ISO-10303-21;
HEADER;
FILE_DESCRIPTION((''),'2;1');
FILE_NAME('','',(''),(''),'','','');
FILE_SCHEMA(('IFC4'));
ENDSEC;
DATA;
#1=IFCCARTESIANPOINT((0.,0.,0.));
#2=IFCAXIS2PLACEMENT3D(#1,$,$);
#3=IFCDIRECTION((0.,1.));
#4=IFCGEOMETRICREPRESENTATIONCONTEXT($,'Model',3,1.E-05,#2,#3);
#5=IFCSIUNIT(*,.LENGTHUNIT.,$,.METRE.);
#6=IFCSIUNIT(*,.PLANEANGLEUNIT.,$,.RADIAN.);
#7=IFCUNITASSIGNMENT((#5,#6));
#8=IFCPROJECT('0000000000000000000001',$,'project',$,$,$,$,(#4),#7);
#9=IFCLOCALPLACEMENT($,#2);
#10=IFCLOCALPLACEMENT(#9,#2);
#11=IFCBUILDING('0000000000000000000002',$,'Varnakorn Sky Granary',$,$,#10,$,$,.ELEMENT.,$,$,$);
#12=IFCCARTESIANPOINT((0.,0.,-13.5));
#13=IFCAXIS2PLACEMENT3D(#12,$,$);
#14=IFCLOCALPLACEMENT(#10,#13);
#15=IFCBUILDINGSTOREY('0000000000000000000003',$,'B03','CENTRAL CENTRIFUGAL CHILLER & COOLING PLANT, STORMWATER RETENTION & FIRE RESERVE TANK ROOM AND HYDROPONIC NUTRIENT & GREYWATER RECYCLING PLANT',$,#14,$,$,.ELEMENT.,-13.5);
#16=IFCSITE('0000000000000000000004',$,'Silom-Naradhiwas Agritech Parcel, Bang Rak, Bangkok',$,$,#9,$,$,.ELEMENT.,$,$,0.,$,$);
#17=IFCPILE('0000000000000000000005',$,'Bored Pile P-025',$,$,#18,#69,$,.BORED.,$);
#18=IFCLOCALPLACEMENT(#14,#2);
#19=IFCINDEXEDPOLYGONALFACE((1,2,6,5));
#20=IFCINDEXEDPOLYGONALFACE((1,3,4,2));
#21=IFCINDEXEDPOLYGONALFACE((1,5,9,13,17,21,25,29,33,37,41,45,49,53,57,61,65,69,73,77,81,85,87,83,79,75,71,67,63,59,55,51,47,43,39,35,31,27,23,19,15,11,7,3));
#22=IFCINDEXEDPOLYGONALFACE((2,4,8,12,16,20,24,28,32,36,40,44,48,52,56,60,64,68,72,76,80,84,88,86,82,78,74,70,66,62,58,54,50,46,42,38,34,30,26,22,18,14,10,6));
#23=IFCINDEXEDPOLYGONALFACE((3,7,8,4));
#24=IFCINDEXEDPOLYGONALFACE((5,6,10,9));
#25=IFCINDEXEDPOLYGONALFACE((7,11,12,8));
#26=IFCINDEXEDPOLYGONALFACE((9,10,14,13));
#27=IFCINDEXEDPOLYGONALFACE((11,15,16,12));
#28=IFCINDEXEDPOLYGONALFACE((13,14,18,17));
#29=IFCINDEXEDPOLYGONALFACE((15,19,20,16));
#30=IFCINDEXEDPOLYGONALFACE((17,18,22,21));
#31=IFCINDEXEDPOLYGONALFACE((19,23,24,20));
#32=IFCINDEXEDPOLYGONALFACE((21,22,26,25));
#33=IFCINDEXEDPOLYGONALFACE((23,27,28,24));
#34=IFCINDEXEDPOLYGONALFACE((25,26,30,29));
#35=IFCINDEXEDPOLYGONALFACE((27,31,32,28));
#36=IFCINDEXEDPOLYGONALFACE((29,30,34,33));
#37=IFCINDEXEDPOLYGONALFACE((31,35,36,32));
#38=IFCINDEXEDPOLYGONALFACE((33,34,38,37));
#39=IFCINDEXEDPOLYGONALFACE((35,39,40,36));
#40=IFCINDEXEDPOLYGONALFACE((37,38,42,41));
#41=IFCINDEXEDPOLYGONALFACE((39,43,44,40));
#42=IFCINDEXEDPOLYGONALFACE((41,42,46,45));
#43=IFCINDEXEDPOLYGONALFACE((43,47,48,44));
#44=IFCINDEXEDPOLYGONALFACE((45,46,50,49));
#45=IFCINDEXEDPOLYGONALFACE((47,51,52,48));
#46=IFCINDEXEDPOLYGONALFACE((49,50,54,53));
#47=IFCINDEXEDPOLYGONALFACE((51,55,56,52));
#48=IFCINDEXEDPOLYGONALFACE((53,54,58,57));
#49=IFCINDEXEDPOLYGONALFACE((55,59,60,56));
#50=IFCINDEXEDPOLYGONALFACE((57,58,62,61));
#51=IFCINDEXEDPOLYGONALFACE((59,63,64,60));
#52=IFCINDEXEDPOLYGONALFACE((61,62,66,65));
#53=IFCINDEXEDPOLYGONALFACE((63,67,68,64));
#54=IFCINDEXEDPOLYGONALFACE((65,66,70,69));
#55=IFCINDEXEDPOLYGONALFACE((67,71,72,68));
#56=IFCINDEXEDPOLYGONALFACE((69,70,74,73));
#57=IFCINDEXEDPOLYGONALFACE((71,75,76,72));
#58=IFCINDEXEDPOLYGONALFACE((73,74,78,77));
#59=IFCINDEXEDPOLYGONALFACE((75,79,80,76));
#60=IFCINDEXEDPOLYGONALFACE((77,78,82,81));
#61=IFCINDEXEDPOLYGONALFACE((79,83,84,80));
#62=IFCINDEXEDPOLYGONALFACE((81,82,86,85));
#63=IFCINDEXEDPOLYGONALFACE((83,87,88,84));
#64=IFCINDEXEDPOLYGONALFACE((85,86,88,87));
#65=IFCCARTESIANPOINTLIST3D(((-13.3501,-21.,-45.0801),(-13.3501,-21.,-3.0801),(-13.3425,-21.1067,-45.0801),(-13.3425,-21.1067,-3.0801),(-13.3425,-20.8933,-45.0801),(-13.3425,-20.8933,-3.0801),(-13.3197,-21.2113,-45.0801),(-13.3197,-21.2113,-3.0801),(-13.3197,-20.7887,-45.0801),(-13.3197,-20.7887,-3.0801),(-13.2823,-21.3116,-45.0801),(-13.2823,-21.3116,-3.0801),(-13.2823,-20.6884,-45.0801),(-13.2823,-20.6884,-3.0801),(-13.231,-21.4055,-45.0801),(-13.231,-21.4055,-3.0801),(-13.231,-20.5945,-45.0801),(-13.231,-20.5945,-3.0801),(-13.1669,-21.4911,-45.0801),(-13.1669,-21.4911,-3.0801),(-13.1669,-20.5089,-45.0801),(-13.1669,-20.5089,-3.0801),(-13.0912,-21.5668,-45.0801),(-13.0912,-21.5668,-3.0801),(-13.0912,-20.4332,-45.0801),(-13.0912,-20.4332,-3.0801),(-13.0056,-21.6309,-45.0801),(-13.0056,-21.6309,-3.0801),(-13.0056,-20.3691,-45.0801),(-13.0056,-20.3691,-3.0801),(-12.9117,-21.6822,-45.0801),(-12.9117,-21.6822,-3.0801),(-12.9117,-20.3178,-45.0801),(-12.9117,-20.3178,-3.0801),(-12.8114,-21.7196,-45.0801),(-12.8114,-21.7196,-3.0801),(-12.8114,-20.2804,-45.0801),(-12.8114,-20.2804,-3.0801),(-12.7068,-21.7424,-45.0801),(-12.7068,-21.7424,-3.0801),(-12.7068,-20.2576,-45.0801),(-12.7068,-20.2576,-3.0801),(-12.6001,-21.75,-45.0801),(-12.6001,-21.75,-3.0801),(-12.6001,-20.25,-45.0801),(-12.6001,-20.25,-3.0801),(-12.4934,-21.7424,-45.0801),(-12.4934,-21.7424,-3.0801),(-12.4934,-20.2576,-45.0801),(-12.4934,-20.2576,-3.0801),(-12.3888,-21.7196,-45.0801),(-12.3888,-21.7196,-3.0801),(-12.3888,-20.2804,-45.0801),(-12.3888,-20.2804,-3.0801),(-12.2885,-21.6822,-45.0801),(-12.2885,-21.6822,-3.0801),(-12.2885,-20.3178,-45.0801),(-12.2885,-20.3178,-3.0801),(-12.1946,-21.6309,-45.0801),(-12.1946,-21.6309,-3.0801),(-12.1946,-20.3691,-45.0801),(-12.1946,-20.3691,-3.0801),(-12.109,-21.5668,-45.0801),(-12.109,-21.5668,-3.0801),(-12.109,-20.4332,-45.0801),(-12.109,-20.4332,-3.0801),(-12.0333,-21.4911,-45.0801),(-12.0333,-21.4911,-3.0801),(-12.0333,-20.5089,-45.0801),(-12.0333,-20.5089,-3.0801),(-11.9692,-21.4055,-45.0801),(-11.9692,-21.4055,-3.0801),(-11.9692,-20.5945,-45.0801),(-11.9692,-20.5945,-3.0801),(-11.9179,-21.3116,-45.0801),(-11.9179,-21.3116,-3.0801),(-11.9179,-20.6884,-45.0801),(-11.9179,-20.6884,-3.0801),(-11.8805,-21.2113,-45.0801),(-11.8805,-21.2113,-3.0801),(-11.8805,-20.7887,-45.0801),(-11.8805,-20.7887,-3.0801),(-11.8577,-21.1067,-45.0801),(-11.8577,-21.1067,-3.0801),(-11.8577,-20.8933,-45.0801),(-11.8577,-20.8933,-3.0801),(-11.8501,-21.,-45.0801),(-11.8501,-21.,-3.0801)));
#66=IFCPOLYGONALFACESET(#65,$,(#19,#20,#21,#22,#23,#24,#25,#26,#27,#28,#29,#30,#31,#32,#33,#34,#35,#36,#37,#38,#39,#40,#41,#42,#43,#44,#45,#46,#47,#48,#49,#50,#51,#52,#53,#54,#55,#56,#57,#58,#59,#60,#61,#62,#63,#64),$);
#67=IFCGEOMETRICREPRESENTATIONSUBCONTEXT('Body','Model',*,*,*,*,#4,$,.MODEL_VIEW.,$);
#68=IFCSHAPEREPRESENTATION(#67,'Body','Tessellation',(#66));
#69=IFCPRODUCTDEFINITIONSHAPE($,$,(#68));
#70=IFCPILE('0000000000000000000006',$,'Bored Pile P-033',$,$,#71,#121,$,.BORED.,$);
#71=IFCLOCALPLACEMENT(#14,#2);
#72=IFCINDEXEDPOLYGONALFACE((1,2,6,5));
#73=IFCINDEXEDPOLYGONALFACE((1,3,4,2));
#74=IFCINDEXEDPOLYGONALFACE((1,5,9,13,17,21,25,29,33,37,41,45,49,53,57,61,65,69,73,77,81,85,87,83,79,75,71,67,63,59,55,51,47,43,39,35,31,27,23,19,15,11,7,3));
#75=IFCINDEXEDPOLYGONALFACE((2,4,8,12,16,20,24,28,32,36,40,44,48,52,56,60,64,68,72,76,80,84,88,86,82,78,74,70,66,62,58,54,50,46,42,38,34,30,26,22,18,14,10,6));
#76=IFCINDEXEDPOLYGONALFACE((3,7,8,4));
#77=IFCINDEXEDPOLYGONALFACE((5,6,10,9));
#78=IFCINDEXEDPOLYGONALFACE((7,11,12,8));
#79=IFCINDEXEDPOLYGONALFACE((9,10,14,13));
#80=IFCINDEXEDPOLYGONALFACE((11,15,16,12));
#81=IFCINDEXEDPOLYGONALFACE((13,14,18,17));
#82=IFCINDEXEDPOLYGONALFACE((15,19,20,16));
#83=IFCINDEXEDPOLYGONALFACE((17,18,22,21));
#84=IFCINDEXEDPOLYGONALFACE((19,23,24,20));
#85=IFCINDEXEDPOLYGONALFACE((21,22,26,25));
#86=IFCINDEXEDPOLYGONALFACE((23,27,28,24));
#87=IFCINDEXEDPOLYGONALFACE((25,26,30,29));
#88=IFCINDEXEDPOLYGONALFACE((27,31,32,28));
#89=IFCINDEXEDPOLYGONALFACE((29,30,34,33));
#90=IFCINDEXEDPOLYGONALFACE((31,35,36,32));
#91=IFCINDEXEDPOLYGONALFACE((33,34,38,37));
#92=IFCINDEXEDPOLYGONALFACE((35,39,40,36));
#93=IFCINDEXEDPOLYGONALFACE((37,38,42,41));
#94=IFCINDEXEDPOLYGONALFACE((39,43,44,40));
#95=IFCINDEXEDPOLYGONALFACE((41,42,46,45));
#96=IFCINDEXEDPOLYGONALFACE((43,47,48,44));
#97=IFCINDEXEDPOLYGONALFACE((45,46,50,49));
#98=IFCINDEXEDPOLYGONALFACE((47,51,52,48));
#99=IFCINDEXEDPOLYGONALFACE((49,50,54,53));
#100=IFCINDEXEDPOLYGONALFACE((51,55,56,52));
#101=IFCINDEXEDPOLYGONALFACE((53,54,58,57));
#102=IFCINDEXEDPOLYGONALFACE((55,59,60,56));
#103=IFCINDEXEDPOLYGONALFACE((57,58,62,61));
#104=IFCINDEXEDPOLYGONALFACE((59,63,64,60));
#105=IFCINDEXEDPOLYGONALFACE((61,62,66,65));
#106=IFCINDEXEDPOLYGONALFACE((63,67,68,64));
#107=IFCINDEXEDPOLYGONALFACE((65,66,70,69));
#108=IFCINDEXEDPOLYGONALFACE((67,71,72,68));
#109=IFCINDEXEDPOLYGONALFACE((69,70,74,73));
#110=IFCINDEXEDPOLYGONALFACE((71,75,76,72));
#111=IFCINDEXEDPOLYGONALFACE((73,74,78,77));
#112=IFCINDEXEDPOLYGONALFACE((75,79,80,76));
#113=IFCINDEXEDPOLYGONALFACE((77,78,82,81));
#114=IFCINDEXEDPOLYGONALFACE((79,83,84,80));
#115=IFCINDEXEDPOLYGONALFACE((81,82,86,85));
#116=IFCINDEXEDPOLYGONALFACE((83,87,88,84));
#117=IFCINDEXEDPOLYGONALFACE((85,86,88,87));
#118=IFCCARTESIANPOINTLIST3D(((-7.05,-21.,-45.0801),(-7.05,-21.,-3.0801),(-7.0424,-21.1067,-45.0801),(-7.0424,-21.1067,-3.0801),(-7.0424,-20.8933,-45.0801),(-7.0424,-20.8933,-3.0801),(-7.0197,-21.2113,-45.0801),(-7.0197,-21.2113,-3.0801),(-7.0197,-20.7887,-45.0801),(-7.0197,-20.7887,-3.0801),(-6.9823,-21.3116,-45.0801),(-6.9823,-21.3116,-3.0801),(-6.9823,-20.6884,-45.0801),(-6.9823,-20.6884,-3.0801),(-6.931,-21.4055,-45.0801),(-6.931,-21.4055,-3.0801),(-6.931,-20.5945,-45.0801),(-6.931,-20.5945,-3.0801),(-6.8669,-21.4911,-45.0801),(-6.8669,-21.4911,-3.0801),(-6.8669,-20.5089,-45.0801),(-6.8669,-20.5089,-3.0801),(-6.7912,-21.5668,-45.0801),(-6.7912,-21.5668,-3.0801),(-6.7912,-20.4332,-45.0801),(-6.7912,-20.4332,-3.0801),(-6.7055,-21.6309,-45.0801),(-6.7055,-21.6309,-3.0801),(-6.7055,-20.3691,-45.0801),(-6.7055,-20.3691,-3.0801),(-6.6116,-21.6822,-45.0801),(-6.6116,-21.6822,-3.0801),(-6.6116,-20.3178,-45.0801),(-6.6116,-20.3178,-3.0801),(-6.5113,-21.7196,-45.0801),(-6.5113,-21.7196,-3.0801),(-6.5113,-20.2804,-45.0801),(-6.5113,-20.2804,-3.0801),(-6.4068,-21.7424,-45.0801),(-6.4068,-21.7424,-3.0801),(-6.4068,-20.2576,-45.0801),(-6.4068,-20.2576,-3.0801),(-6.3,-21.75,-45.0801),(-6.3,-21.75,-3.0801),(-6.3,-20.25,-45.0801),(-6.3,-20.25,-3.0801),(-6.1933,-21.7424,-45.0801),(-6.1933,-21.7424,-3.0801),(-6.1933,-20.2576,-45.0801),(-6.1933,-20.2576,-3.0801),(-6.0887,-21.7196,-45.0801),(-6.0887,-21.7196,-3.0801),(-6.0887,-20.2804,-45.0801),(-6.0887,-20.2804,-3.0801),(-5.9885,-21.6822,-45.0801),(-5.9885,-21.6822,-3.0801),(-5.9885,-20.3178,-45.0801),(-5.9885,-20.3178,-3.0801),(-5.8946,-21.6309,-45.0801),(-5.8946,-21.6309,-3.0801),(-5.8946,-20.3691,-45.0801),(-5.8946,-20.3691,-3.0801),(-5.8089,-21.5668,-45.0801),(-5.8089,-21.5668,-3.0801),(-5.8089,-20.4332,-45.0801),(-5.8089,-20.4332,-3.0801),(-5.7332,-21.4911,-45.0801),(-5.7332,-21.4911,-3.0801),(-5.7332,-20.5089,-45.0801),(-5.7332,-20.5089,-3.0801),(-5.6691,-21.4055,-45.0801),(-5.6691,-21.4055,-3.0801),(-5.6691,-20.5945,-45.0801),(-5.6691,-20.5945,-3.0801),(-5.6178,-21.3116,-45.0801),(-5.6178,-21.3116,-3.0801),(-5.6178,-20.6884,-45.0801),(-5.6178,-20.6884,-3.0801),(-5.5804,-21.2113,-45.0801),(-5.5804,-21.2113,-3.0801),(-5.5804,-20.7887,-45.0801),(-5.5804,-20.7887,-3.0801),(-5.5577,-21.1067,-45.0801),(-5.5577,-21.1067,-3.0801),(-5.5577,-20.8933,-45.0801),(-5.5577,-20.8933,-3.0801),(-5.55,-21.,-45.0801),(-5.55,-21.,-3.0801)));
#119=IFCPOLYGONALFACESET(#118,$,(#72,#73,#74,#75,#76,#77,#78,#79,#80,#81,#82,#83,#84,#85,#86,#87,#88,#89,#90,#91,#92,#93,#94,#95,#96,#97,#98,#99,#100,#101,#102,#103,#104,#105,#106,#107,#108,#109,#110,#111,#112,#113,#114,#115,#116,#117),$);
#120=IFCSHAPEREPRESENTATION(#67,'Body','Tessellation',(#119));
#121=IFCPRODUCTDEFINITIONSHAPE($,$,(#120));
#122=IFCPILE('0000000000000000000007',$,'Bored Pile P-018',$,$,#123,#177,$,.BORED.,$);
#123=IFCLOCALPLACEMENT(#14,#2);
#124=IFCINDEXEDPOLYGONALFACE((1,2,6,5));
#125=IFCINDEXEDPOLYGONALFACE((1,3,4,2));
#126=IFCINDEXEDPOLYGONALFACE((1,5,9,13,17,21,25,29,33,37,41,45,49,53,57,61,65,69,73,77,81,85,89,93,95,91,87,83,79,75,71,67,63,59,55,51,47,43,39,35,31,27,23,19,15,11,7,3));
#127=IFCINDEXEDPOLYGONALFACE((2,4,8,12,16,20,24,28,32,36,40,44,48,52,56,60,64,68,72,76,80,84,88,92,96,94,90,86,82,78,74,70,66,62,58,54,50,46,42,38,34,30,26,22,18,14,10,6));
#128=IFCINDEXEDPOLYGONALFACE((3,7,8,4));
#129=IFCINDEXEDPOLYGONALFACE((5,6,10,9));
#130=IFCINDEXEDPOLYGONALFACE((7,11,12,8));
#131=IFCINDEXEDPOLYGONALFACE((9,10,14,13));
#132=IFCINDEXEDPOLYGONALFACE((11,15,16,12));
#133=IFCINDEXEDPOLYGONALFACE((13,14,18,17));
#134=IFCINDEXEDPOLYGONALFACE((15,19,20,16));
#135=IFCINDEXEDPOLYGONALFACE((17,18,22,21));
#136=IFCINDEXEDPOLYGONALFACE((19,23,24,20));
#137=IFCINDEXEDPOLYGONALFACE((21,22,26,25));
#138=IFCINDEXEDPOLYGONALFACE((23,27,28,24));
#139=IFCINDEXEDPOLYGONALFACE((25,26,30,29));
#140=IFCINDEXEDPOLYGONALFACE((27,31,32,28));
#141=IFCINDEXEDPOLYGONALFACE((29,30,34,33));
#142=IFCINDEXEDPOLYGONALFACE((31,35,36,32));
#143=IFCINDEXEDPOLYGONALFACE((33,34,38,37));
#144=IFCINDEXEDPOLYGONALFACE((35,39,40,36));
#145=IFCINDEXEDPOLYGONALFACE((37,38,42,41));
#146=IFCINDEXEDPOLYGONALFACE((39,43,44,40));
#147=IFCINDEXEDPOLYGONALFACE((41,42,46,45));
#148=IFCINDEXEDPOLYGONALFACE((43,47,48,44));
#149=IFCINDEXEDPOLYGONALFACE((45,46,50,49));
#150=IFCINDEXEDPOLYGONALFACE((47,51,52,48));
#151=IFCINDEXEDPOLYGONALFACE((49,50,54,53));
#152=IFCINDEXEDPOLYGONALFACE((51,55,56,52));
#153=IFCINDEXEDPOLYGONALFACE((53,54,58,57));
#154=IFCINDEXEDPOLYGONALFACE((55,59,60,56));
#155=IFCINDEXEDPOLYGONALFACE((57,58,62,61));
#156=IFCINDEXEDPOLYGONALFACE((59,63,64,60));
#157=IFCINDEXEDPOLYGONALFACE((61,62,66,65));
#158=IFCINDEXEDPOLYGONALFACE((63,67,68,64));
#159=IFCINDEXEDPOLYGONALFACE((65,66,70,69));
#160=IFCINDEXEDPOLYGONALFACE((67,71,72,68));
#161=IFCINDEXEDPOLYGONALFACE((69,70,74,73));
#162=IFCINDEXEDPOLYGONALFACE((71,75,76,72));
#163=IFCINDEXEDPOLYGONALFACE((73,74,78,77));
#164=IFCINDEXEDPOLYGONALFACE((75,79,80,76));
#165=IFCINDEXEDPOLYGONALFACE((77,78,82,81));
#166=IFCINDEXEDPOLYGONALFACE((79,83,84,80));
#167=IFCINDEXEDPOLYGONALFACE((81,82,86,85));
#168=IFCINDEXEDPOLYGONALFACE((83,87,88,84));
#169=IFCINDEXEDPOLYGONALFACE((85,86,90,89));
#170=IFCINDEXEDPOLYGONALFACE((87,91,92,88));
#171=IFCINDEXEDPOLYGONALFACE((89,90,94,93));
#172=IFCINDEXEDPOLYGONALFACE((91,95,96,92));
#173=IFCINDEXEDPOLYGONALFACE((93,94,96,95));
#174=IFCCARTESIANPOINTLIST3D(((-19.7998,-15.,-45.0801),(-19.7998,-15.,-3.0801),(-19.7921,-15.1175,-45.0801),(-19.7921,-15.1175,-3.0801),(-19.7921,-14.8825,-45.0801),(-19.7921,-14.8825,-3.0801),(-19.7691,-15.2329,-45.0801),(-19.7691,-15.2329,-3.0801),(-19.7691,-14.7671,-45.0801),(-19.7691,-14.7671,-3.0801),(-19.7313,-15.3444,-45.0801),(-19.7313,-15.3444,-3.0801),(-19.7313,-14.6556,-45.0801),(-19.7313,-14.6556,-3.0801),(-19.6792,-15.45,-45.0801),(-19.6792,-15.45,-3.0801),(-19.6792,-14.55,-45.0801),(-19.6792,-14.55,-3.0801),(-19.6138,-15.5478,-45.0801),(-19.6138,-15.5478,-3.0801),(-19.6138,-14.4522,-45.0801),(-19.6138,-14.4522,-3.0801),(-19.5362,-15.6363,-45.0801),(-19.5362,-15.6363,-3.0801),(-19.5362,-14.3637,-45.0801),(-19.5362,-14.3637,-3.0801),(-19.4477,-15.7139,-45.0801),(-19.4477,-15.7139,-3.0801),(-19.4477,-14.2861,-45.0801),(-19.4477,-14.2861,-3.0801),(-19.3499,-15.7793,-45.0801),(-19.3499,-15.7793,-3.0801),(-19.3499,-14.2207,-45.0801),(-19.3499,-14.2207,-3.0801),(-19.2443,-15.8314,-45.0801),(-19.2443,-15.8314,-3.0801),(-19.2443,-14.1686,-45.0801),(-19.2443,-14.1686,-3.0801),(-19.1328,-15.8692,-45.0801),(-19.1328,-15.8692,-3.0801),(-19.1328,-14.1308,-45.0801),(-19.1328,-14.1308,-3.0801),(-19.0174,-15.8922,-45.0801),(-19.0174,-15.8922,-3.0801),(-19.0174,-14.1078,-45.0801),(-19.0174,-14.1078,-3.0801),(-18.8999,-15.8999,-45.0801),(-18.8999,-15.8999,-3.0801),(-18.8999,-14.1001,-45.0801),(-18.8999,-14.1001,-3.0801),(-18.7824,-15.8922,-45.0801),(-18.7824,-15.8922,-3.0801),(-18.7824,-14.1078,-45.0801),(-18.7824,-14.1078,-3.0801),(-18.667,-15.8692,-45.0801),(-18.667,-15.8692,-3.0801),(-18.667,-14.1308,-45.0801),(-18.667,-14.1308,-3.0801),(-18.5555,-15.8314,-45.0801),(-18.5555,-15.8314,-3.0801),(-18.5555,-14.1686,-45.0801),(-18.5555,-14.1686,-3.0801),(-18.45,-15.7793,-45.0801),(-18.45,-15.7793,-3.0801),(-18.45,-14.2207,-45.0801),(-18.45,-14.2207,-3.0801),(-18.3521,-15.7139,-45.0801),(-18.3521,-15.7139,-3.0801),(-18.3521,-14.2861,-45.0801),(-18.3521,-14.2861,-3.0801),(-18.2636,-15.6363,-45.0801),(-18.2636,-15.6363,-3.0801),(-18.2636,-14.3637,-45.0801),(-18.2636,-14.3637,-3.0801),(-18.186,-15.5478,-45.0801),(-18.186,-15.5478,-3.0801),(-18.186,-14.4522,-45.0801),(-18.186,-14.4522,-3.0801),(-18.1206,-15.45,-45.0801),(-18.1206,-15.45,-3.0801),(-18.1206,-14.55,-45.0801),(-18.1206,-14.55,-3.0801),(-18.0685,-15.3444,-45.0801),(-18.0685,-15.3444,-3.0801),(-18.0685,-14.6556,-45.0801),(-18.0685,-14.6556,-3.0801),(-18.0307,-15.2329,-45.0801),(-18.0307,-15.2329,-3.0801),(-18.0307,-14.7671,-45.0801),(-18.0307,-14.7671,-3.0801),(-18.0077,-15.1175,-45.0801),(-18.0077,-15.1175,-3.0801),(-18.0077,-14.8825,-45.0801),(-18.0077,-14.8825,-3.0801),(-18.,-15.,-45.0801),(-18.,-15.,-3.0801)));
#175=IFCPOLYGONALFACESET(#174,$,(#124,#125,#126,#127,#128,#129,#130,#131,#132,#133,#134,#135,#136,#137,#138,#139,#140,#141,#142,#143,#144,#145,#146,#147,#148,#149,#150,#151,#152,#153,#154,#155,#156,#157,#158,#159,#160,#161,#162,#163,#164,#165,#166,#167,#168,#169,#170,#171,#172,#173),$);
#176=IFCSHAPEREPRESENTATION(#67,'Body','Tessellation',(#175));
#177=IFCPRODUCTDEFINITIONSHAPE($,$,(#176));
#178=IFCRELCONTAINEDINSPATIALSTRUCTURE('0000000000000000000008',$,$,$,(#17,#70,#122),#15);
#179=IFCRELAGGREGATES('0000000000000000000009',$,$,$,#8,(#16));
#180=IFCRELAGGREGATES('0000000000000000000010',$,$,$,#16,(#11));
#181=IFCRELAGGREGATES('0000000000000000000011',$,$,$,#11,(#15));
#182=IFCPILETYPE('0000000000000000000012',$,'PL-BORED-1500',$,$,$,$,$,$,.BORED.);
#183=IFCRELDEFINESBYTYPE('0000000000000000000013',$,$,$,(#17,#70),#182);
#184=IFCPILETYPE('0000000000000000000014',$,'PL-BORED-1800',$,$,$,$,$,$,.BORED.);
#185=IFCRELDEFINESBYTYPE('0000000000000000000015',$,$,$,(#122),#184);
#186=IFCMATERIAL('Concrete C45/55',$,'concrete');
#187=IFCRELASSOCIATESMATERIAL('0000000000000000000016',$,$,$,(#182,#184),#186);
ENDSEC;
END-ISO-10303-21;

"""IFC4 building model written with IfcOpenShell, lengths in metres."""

from ifc_helpers import new_model, si_unit, direction, frame, origin, origin_2d, place, context, subcontext, project, spatial, circle, extrude, material, material_profile, profile_set, type_object, element, save


model = new_model("IFC4")

# Units and contexts
model_context = context("Model", 3, precision=1e-05, world=origin(), true_north=direction((0.0, 1.0)))
body_context = subcontext(model_context, "Body", "Model", "MODEL_VIEW")
ifc_project = project(units=[si_unit("LENGTHUNIT", "METRE"), si_unit("PLANEANGLEUNIT", "RADIAN")], contexts=[model_context])

# Site, building, storey
site_placement = place(None, origin())
site = spatial("IfcSite", under=ifc_project, at=site_placement, Name="Silom-Naradhiwas Agritech Parcel, Bang Rak, Bangkok", CompositionType="ELEMENT", RefElevation=0.0)
building_placement = place(site_placement, origin())
building = spatial("IfcBuilding", under=site, at=building_placement, Name="Varnakorn Sky Granary", CompositionType="ELEMENT")
storey_placement = place(building_placement, frame((0.0, 0.0, -13.5)))
storey = spatial("IfcBuildingStorey", under=building, at=storey_placement, Name="B03", Description="CENTRAL CENTRIFUGAL CHILLER & COOLING PLANT, STORMWATER RETENTION & FIRE RESERVE TANK ROOM AND HYDROPONIC NUTRIENT & GREYWATER RECYCLING PLANT", CompositionType="ELEMENT", Elevation=-13.5)

# Piles
ifc_material_1 = material(Name="Concrete C45/55", Category="concrete")
ifc_material_profile_1 = material_profile(ifc_material_1, circle(Radius=0.75, at=origin_2d()), Name="PILE D1500")
ifc_profile_set_1 = profile_set([ifc_material_profile_1], Name="Concrete C45/55")
pile_type_1 = type_object("IfcPileType", Name="PL-BORED-1500", PredefinedType="BORED", material=ifc_profile_set_1)
for number, where, z_axis, x_axis, name in (
    (1, (-12.6001, -21.0, -3.0801), (0.0, 0.0, -1.0), (1.0, 0.0, 0.0), "Bored Pile P-025"),
    (2, (-6.3, -21.0, -3.0801), (0.0, 0.0, -1.0), (1.0, 0.0, 0.0), "Bored Pile P-033"),
):
    element("IfcPile", number, at=place(storey_placement, frame(where, z_axis=z_axis, x_axis=x_axis)), inside=storey, type_object=pile_type_1, Name=name, PredefinedType="BORED", context=body_context, shape_type="SweptSolid", body=[
        extrude(circle(Radius=0.75, at=origin_2d()), origin(), (0.0, 0.0, 1.0), 42.0),
    ])
ifc_material_profile_2 = material_profile(ifc_material_1, circle(Radius=0.8999, at=origin_2d()), Name="PILE D1800")
ifc_profile_set_2 = profile_set([ifc_material_profile_2], Name="Concrete C45/55")
pile_type_2 = type_object("IfcPileType", Name="PL-BORED-1800", PredefinedType="BORED", material=ifc_profile_set_2)
for number, where, z_axis, x_axis, name in (
    (3, (-18.8999, -15.0, -3.0801), (0.0, 0.0, -1.0), (1.0, 0.0, 0.0), "Bored Pile P-018"),
):
    element("IfcPile", number, at=place(storey_placement, frame(where, z_axis=z_axis, x_axis=x_axis)), inside=storey, type_object=pile_type_2, Name=name, PredefinedType="BORED", context=body_context, shape_type="SweptSolid", body=[
        extrude(circle(Radius=0.8999, at=origin_2d()), origin(), (0.0, 0.0, 1.0), 42.0),
    ])

save(model, "model.ifc")
